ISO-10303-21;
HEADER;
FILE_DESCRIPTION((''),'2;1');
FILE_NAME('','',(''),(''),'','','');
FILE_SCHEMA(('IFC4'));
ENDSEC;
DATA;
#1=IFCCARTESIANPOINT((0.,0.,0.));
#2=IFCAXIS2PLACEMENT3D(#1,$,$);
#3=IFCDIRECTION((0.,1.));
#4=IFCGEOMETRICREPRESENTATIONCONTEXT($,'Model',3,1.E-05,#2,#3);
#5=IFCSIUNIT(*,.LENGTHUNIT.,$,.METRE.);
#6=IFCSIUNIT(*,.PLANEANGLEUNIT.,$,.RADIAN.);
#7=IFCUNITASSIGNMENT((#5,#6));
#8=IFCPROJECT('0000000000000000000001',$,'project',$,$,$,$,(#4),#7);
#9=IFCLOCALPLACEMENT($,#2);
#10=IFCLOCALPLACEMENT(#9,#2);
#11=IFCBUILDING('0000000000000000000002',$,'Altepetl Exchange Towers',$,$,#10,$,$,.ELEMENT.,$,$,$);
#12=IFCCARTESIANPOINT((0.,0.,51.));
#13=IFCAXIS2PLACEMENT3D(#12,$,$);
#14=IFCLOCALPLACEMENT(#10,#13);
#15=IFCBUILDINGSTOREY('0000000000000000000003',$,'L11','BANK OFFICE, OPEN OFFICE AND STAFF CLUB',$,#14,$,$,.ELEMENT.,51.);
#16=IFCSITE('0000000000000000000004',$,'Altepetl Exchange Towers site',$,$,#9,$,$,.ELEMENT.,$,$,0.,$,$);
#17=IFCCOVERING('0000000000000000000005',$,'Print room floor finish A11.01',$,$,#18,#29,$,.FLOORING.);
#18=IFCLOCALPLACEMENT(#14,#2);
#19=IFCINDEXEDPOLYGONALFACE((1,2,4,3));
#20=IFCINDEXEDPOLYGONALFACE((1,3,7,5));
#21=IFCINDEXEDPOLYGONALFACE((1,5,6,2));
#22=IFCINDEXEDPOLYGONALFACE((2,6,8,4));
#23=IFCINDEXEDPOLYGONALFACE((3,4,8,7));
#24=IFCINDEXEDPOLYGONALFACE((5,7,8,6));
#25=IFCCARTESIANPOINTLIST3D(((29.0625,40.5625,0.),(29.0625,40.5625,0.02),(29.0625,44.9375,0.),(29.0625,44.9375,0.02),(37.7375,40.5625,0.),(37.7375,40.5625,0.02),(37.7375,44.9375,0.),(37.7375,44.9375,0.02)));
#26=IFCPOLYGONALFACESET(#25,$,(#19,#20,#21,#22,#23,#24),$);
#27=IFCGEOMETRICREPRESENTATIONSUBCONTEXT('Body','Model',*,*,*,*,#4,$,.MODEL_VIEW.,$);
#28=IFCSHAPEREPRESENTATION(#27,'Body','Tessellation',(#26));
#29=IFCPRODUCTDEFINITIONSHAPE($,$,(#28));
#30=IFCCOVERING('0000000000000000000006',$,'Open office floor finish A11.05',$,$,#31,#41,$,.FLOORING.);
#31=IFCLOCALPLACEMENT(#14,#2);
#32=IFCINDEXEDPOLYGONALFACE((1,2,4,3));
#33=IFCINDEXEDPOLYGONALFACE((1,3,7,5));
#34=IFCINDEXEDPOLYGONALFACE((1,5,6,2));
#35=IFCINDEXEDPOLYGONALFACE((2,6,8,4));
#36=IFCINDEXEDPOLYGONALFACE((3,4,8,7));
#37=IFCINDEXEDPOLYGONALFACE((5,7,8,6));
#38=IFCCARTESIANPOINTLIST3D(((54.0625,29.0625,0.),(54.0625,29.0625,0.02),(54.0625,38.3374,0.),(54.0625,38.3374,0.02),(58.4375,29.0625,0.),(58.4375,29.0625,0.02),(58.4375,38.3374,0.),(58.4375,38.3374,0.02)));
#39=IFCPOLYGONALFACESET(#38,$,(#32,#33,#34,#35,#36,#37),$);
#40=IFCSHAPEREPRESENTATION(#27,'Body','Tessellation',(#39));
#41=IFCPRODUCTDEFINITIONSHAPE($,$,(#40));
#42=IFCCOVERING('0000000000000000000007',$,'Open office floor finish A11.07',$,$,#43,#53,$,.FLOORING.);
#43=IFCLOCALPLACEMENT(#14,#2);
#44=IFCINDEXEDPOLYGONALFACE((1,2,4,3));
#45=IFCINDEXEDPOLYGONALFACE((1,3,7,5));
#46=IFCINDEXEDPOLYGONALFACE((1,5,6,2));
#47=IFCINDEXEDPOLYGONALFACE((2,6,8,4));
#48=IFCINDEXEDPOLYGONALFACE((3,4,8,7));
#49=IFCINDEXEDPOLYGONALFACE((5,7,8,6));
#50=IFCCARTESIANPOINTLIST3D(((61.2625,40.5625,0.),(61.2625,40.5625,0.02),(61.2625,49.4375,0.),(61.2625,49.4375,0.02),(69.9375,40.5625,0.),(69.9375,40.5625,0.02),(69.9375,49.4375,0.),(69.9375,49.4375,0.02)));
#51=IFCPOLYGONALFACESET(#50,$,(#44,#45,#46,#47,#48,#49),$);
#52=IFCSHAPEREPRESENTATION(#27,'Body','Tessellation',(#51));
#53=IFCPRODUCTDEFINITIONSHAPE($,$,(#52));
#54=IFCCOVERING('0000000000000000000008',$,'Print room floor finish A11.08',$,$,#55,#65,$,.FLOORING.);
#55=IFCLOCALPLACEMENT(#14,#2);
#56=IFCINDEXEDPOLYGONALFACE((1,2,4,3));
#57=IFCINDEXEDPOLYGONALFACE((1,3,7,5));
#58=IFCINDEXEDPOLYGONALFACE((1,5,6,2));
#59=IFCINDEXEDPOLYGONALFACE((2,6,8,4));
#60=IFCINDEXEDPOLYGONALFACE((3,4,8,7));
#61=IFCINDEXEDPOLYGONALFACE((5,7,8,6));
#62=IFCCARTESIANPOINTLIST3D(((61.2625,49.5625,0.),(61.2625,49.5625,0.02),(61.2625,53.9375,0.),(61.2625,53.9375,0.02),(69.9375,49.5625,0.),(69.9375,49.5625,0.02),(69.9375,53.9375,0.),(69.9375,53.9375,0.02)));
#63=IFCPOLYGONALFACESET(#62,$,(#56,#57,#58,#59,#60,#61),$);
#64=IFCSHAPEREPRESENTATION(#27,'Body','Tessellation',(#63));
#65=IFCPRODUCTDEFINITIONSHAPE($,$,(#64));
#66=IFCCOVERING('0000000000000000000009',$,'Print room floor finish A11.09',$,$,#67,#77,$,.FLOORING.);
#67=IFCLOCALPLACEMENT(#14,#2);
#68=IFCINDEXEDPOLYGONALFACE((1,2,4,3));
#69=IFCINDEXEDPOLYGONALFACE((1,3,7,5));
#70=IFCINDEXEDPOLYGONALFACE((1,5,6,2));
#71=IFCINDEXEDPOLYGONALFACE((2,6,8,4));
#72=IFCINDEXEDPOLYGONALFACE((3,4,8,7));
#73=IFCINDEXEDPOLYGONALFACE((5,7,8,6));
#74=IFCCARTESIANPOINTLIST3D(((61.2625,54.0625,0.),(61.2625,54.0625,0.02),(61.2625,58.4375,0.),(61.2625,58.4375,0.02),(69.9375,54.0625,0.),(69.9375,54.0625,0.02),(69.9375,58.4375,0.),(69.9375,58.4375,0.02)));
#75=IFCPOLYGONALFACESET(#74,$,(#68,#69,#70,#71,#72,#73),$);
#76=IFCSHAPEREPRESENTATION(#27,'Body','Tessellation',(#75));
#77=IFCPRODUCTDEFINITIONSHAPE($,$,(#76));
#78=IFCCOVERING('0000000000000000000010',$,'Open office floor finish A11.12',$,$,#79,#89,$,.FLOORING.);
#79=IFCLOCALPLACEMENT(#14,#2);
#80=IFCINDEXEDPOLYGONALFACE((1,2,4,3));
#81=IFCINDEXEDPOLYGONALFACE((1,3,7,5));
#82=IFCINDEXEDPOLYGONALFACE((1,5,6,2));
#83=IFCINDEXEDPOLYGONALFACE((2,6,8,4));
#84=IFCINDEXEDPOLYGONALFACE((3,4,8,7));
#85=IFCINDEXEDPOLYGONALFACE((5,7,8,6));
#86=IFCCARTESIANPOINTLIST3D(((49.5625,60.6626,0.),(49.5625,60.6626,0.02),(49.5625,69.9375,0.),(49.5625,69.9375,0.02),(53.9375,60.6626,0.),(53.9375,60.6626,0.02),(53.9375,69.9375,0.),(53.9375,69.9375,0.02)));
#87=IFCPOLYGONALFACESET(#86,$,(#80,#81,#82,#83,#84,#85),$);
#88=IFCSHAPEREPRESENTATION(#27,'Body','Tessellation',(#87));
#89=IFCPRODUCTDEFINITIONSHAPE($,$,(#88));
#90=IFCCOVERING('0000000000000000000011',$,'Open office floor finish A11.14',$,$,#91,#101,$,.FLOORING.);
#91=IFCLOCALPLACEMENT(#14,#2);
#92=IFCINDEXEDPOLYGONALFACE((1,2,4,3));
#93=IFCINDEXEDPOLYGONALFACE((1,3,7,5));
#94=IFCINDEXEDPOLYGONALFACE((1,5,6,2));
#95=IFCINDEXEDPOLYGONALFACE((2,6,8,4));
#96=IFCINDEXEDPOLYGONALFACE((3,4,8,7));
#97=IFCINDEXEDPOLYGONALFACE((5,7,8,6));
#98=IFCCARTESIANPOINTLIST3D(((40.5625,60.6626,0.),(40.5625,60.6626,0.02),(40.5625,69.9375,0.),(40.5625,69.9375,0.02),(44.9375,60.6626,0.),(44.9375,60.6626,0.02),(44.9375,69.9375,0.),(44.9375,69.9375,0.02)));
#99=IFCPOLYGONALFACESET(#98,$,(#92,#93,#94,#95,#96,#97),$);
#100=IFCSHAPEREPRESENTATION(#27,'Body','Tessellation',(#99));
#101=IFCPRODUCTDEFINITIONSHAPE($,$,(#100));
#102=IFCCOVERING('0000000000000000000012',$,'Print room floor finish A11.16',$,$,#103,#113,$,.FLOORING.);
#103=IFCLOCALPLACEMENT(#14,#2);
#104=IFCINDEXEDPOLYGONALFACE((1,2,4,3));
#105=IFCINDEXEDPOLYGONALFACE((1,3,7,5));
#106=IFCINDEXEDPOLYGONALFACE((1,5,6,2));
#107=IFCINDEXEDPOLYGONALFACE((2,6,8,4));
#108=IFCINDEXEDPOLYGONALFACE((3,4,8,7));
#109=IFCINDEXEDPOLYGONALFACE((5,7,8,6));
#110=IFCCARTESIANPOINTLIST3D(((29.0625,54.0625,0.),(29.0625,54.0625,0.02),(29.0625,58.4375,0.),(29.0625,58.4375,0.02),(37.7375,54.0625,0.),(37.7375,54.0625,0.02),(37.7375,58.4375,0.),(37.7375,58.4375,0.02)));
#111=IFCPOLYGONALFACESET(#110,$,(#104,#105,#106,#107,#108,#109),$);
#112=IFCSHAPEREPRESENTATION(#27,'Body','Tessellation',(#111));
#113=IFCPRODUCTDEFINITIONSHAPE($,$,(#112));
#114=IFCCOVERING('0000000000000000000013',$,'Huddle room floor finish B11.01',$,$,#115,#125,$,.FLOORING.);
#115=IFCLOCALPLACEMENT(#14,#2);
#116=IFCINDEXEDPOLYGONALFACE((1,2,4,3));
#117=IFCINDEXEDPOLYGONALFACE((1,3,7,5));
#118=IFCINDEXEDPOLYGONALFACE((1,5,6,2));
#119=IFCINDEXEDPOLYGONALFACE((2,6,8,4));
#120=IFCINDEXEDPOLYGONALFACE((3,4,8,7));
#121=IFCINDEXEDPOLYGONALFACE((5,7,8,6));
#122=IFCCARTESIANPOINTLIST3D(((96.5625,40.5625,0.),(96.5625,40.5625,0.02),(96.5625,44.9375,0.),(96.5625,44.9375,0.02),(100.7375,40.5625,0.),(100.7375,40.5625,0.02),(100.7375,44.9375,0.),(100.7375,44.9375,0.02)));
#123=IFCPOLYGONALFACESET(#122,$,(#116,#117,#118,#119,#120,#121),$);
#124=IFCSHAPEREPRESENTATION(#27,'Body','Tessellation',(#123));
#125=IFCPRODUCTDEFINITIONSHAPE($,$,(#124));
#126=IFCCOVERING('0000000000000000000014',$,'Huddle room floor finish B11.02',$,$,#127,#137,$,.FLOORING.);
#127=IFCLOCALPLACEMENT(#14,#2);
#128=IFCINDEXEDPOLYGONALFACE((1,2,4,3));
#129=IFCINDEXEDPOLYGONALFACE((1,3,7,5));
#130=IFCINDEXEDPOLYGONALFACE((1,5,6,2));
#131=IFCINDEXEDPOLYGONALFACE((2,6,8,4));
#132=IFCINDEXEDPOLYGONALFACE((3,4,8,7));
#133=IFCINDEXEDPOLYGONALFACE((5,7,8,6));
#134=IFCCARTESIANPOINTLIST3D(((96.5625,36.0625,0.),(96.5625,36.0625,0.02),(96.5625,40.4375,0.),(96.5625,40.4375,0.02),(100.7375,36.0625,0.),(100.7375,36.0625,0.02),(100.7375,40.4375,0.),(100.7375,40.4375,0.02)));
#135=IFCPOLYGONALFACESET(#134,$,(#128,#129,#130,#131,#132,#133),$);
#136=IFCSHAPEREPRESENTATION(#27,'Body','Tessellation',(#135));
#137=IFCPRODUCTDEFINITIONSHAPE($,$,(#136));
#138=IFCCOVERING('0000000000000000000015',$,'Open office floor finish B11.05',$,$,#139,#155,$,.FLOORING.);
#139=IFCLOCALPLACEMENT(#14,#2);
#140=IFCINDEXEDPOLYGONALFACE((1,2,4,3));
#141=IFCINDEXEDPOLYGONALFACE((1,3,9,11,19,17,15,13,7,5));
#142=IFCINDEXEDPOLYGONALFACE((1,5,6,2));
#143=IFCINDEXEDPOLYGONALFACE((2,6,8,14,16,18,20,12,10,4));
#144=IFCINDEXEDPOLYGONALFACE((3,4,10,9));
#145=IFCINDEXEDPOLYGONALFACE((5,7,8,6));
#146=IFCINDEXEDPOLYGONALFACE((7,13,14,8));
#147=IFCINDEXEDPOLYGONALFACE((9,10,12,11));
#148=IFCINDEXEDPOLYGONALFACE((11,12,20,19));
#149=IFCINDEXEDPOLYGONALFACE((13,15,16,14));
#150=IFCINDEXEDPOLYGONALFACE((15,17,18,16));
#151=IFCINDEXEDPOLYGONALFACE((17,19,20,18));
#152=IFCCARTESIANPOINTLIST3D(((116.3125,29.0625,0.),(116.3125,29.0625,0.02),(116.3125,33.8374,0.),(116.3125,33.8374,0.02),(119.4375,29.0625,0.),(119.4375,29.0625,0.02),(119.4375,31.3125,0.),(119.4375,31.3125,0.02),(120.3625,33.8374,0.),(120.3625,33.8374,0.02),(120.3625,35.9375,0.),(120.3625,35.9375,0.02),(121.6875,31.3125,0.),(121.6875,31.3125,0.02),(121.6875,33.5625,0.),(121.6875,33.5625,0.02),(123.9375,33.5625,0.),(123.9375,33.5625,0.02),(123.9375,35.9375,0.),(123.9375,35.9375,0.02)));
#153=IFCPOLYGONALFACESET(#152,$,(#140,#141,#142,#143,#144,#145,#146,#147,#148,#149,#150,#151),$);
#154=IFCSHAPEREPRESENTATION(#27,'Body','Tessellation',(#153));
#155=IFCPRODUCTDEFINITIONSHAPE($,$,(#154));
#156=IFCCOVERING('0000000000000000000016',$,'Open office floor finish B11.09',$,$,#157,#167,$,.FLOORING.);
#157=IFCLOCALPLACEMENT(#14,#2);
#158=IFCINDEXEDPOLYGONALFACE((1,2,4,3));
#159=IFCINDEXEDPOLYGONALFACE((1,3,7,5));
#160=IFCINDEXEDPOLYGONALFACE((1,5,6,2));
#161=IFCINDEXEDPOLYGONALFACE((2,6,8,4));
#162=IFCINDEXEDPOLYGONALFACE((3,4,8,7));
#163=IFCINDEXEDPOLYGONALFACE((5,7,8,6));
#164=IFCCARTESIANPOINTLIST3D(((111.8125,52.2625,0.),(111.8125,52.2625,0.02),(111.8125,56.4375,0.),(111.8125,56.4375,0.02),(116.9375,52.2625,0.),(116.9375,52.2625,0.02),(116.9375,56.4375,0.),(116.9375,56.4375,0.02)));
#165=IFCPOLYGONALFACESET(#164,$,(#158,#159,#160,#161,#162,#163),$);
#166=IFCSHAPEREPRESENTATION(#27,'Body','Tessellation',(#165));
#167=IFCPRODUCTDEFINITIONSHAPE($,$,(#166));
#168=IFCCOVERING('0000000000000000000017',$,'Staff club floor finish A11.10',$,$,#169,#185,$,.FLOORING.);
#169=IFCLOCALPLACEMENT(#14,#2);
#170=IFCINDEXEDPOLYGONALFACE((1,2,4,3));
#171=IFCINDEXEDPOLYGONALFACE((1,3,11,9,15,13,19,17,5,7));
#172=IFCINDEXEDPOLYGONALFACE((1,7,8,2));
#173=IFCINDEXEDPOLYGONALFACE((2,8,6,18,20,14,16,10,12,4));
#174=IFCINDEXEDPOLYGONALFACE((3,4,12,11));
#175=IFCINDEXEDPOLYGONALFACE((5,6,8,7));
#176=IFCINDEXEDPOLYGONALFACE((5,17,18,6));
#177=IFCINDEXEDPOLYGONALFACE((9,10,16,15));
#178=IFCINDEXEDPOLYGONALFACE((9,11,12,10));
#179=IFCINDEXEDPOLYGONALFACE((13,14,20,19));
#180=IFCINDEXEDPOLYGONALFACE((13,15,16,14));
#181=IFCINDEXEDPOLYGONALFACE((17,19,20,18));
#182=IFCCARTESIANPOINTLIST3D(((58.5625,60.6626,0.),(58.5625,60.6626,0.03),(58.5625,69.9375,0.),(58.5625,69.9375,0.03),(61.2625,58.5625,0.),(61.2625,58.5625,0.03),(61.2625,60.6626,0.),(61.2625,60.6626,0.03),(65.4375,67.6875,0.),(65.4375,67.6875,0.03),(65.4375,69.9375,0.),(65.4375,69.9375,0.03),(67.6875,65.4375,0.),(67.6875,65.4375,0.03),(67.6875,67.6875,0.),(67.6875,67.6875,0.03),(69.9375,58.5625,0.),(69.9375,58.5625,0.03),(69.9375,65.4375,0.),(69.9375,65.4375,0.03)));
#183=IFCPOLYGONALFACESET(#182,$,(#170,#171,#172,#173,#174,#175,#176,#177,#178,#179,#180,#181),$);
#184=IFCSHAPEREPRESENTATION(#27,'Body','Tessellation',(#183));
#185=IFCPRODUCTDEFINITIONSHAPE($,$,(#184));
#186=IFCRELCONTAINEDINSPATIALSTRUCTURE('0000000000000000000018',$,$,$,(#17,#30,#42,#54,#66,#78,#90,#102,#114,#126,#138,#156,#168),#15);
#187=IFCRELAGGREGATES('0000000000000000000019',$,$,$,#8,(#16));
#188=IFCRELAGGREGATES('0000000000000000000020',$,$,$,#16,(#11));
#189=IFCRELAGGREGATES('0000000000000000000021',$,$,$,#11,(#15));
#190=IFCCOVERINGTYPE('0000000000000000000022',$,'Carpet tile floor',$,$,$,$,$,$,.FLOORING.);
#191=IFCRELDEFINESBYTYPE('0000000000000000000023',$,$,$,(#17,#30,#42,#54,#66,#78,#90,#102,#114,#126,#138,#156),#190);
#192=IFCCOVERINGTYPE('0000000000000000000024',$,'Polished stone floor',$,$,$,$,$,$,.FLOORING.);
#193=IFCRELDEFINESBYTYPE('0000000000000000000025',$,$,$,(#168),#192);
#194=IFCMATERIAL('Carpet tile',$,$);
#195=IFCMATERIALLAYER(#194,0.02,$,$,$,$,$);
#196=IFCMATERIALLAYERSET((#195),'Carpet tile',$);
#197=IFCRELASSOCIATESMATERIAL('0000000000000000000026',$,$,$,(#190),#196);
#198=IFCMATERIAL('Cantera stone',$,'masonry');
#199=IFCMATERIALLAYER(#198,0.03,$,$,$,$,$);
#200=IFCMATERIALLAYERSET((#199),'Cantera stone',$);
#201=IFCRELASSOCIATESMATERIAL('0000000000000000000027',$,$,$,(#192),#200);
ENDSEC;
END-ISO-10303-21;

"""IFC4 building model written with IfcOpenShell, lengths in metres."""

from ifc_helpers import new_model, si_unit, direction, frame, origin, place, context, subcontext, project, spatial, polyline, outline, extrude, material, layer, layer_set, type_object, element, save


model = new_model("IFC4")

# Units and contexts
model_context = context("Model", 3, precision=1e-05, world=origin(), true_north=direction((0.0, 1.0)))
body_context = subcontext(model_context, "Body", "Model", "MODEL_VIEW")
ifc_project = project(units=[si_unit("LENGTHUNIT", "METRE"), si_unit("PLANEANGLEUNIT", "RADIAN")], contexts=[model_context])

# Site, building, storey
site_placement = place(None, origin())
site = spatial("IfcSite", under=ifc_project, at=site_placement, Name="Altepetl Exchange Towers site", CompositionType="ELEMENT", RefElevation=0.0)
building_placement = place(site_placement, origin())
building = spatial("IfcBuilding", under=site, at=building_placement, Name="Altepetl Exchange Towers", CompositionType="ELEMENT")
storey_placement = place(building_placement, frame((0.0, 0.0, 51.0)))
storey = spatial("IfcBuildingStorey", under=building, at=storey_placement, Name="L11", Description="BANK OFFICE, OPEN OFFICE AND STAFF CLUB", CompositionType="ELEMENT", Elevation=51.0)

# Coverings
ifc_material_1 = material(Name="Carpet tile")
ifc_layer_1 = layer(ifc_material_1, 0.02)
ifc_layer_set_1 = layer_set([ifc_layer_1], Name="Carpet tile")
covering_type_1 = type_object("IfcCoveringType", Name="Carpet tile floor", PredefinedType="FLOORING", material=ifc_layer_set_1)
covering_1_placement = place(storey_placement, origin())
element("IfcCovering", 1, at=covering_1_placement, inside=storey, type_object=covering_type_1, Name="Print room floor finish A11.01", PredefinedType="FLOORING", context=body_context, shape_type="SweptSolid", body=[
    extrude(outline(polyline([(37.7375, 44.9375), (29.0625, 44.9375), (29.0625, 40.5625), (37.7375, 40.5625), (37.7375, 44.9375)])), origin(), (0.0, 0.0, 1.0), 0.02),
])
covering_2_placement = place(storey_placement, origin())
element("IfcCovering", 2, at=covering_2_placement, inside=storey, type_object=covering_type_1, Name="Open office floor finish A11.05", PredefinedType="FLOORING", context=body_context, shape_type="SweptSolid", body=[
    extrude(outline(polyline([(58.4375, 29.0625), (58.4375, 38.3374), (54.0625, 38.3374), (54.0625, 29.0625), (58.4375, 29.0625)])), origin(), (0.0, 0.0, 1.0), 0.02),
])
covering_3_placement = place(storey_placement, origin())
element("IfcCovering", 3, at=covering_3_placement, inside=storey, type_object=covering_type_1, Name="Open office floor finish A11.07", PredefinedType="FLOORING", context=body_context, shape_type="SweptSolid", body=[
    extrude(outline(polyline([(69.9375, 49.4375), (61.2625, 49.4375), (61.2625, 40.5625), (69.9375, 40.5625), (69.9375, 49.4375)])), origin(), (0.0, 0.0, 1.0), 0.02),
])
covering_4_placement = place(storey_placement, origin())
element("IfcCovering", 4, at=covering_4_placement, inside=storey, type_object=covering_type_1, Name="Print room floor finish A11.08", PredefinedType="FLOORING", context=body_context, shape_type="SweptSolid", body=[
    extrude(outline(polyline([(69.9375, 53.9375), (61.2625, 53.9375), (61.2625, 49.5625), (69.9375, 49.5625), (69.9375, 53.9375)])), origin(), (0.0, 0.0, 1.0), 0.02),
])
covering_5_placement = place(storey_placement, origin())
element("IfcCovering", 5, at=covering_5_placement, inside=storey, type_object=covering_type_1, Name="Print room floor finish A11.09", PredefinedType="FLOORING", context=body_context, shape_type="SweptSolid", body=[
    extrude(outline(polyline([(69.9375, 58.4375), (61.2625, 58.4375), (61.2625, 54.0625), (69.9375, 54.0625), (69.9375, 58.4375)])), origin(), (0.0, 0.0, 1.0), 0.02),
])
covering_6_placement = place(storey_placement, origin())
element("IfcCovering", 6, at=covering_6_placement, inside=storey, type_object=covering_type_1, Name="Open office floor finish A11.12", PredefinedType="FLOORING", context=body_context, shape_type="SweptSolid", body=[
    extrude(outline(polyline([(49.5625, 69.9375), (49.5625, 60.6626), (53.9375, 60.6626), (53.9375, 69.9375), (49.5625, 69.9375)])), origin(), (0.0, 0.0, 1.0), 0.02),
])
covering_7_placement = place(storey_placement, origin())
element("IfcCovering", 7, at=covering_7_placement, inside=storey, type_object=covering_type_1, Name="Open office floor finish A11.14", PredefinedType="FLOORING", context=body_context, shape_type="SweptSolid", body=[
    extrude(outline(polyline([(40.5625, 69.9375), (40.5625, 60.6626), (44.9375, 60.6626), (44.9375, 69.9375), (40.5625, 69.9375)])), origin(), (0.0, 0.0, 1.0), 0.02),
])
covering_8_placement = place(storey_placement, origin())
element("IfcCovering", 8, at=covering_8_placement, inside=storey, type_object=covering_type_1, Name="Print room floor finish A11.16", PredefinedType="FLOORING", context=body_context, shape_type="SweptSolid", body=[
    extrude(outline(polyline([(37.7375, 58.4375), (29.0625, 58.4375), (29.0625, 54.0625), (37.7375, 54.0625), (37.7375, 58.4375)])), origin(), (0.0, 0.0, 1.0), 0.02),
])
covering_9_placement = place(storey_placement, origin())
element("IfcCovering", 9, at=covering_9_placement, inside=storey, type_object=covering_type_1, Name="Huddle room floor finish B11.01", PredefinedType="FLOORING", context=body_context, shape_type="SweptSolid", body=[
    extrude(outline(polyline([(100.7375, 44.9375), (96.5625, 44.9375), (96.5625, 40.5625), (100.7375, 40.5625), (100.7375, 44.9375)])), origin(), (0.0, 0.0, 1.0), 0.02),
])
covering_10_placement = place(storey_placement, origin())
element("IfcCovering", 10, at=covering_10_placement, inside=storey, type_object=covering_type_1, Name="Huddle room floor finish B11.02", PredefinedType="FLOORING", context=body_context, shape_type="SweptSolid", body=[
    extrude(outline(polyline([(100.7375, 40.4375), (96.5625, 40.4375), (96.5625, 36.0625), (100.7375, 36.0625), (100.7375, 40.4375)])), origin(), (0.0, 0.0, 1.0), 0.02),
])
covering_11_placement = place(storey_placement, origin())
element("IfcCovering", 11, at=covering_11_placement, inside=storey, type_object=covering_type_1, Name="Open office floor finish B11.05", PredefinedType="FLOORING", context=body_context, shape_type="SweptSolid", body=[
    extrude(outline(polyline([(116.3125, 33.8374), (116.3125, 29.0625), (119.4375, 29.0625), (119.4375, 31.3125), (121.6875, 31.3125), (121.6875, 33.5625), (123.9375, 33.5625), (123.9375, 35.9375), (120.3625, 35.9375), (120.3625, 33.8374), (116.3125, 33.8374)])), origin(), (0.0, 0.0, 1.0), 0.02),
])
covering_12_placement = place(storey_placement, origin())
element("IfcCovering", 12, at=covering_12_placement, inside=storey, type_object=covering_type_1, Name="Open office floor finish B11.09", PredefinedType="FLOORING", context=body_context, shape_type="SweptSolid", body=[
    extrude(outline(polyline([(111.8125, 52.2625), (116.9375, 52.2625), (116.9375, 56.4375), (111.8125, 56.4375), (111.8125, 52.2625)])), origin(), (0.0, 0.0, 1.0), 0.02),
])
ifc_material_2 = material(Name="Cantera stone", Category="masonry")
ifc_layer_2 = layer(ifc_material_2, 0.03)
ifc_layer_set_2 = layer_set([ifc_layer_2], Name="Cantera stone")
covering_type_2 = type_object("IfcCoveringType", Name="Polished stone floor", PredefinedType="FLOORING", material=ifc_layer_set_2)
covering_13_placement = place(storey_placement, origin())
element("IfcCovering", 13, at=covering_13_placement, inside=storey, type_object=covering_type_2, Name="Staff club floor finish A11.10", PredefinedType="FLOORING", context=body_context, shape_type="SweptSolid", body=[
    extrude(outline(polyline([(65.4375, 69.9375), (58.5625, 69.9375), (58.5625, 60.6626), (61.2625, 60.6626), (61.2625, 58.5625), (69.9375, 58.5625), (69.9375, 65.4375), (67.6875, 65.4375), (67.6875, 67.6875), (65.4375, 67.6875), (65.4375, 69.9375)])), origin(), (0.0, 0.0, 1.0), 0.03),
])

save(model, "model.ifc")
